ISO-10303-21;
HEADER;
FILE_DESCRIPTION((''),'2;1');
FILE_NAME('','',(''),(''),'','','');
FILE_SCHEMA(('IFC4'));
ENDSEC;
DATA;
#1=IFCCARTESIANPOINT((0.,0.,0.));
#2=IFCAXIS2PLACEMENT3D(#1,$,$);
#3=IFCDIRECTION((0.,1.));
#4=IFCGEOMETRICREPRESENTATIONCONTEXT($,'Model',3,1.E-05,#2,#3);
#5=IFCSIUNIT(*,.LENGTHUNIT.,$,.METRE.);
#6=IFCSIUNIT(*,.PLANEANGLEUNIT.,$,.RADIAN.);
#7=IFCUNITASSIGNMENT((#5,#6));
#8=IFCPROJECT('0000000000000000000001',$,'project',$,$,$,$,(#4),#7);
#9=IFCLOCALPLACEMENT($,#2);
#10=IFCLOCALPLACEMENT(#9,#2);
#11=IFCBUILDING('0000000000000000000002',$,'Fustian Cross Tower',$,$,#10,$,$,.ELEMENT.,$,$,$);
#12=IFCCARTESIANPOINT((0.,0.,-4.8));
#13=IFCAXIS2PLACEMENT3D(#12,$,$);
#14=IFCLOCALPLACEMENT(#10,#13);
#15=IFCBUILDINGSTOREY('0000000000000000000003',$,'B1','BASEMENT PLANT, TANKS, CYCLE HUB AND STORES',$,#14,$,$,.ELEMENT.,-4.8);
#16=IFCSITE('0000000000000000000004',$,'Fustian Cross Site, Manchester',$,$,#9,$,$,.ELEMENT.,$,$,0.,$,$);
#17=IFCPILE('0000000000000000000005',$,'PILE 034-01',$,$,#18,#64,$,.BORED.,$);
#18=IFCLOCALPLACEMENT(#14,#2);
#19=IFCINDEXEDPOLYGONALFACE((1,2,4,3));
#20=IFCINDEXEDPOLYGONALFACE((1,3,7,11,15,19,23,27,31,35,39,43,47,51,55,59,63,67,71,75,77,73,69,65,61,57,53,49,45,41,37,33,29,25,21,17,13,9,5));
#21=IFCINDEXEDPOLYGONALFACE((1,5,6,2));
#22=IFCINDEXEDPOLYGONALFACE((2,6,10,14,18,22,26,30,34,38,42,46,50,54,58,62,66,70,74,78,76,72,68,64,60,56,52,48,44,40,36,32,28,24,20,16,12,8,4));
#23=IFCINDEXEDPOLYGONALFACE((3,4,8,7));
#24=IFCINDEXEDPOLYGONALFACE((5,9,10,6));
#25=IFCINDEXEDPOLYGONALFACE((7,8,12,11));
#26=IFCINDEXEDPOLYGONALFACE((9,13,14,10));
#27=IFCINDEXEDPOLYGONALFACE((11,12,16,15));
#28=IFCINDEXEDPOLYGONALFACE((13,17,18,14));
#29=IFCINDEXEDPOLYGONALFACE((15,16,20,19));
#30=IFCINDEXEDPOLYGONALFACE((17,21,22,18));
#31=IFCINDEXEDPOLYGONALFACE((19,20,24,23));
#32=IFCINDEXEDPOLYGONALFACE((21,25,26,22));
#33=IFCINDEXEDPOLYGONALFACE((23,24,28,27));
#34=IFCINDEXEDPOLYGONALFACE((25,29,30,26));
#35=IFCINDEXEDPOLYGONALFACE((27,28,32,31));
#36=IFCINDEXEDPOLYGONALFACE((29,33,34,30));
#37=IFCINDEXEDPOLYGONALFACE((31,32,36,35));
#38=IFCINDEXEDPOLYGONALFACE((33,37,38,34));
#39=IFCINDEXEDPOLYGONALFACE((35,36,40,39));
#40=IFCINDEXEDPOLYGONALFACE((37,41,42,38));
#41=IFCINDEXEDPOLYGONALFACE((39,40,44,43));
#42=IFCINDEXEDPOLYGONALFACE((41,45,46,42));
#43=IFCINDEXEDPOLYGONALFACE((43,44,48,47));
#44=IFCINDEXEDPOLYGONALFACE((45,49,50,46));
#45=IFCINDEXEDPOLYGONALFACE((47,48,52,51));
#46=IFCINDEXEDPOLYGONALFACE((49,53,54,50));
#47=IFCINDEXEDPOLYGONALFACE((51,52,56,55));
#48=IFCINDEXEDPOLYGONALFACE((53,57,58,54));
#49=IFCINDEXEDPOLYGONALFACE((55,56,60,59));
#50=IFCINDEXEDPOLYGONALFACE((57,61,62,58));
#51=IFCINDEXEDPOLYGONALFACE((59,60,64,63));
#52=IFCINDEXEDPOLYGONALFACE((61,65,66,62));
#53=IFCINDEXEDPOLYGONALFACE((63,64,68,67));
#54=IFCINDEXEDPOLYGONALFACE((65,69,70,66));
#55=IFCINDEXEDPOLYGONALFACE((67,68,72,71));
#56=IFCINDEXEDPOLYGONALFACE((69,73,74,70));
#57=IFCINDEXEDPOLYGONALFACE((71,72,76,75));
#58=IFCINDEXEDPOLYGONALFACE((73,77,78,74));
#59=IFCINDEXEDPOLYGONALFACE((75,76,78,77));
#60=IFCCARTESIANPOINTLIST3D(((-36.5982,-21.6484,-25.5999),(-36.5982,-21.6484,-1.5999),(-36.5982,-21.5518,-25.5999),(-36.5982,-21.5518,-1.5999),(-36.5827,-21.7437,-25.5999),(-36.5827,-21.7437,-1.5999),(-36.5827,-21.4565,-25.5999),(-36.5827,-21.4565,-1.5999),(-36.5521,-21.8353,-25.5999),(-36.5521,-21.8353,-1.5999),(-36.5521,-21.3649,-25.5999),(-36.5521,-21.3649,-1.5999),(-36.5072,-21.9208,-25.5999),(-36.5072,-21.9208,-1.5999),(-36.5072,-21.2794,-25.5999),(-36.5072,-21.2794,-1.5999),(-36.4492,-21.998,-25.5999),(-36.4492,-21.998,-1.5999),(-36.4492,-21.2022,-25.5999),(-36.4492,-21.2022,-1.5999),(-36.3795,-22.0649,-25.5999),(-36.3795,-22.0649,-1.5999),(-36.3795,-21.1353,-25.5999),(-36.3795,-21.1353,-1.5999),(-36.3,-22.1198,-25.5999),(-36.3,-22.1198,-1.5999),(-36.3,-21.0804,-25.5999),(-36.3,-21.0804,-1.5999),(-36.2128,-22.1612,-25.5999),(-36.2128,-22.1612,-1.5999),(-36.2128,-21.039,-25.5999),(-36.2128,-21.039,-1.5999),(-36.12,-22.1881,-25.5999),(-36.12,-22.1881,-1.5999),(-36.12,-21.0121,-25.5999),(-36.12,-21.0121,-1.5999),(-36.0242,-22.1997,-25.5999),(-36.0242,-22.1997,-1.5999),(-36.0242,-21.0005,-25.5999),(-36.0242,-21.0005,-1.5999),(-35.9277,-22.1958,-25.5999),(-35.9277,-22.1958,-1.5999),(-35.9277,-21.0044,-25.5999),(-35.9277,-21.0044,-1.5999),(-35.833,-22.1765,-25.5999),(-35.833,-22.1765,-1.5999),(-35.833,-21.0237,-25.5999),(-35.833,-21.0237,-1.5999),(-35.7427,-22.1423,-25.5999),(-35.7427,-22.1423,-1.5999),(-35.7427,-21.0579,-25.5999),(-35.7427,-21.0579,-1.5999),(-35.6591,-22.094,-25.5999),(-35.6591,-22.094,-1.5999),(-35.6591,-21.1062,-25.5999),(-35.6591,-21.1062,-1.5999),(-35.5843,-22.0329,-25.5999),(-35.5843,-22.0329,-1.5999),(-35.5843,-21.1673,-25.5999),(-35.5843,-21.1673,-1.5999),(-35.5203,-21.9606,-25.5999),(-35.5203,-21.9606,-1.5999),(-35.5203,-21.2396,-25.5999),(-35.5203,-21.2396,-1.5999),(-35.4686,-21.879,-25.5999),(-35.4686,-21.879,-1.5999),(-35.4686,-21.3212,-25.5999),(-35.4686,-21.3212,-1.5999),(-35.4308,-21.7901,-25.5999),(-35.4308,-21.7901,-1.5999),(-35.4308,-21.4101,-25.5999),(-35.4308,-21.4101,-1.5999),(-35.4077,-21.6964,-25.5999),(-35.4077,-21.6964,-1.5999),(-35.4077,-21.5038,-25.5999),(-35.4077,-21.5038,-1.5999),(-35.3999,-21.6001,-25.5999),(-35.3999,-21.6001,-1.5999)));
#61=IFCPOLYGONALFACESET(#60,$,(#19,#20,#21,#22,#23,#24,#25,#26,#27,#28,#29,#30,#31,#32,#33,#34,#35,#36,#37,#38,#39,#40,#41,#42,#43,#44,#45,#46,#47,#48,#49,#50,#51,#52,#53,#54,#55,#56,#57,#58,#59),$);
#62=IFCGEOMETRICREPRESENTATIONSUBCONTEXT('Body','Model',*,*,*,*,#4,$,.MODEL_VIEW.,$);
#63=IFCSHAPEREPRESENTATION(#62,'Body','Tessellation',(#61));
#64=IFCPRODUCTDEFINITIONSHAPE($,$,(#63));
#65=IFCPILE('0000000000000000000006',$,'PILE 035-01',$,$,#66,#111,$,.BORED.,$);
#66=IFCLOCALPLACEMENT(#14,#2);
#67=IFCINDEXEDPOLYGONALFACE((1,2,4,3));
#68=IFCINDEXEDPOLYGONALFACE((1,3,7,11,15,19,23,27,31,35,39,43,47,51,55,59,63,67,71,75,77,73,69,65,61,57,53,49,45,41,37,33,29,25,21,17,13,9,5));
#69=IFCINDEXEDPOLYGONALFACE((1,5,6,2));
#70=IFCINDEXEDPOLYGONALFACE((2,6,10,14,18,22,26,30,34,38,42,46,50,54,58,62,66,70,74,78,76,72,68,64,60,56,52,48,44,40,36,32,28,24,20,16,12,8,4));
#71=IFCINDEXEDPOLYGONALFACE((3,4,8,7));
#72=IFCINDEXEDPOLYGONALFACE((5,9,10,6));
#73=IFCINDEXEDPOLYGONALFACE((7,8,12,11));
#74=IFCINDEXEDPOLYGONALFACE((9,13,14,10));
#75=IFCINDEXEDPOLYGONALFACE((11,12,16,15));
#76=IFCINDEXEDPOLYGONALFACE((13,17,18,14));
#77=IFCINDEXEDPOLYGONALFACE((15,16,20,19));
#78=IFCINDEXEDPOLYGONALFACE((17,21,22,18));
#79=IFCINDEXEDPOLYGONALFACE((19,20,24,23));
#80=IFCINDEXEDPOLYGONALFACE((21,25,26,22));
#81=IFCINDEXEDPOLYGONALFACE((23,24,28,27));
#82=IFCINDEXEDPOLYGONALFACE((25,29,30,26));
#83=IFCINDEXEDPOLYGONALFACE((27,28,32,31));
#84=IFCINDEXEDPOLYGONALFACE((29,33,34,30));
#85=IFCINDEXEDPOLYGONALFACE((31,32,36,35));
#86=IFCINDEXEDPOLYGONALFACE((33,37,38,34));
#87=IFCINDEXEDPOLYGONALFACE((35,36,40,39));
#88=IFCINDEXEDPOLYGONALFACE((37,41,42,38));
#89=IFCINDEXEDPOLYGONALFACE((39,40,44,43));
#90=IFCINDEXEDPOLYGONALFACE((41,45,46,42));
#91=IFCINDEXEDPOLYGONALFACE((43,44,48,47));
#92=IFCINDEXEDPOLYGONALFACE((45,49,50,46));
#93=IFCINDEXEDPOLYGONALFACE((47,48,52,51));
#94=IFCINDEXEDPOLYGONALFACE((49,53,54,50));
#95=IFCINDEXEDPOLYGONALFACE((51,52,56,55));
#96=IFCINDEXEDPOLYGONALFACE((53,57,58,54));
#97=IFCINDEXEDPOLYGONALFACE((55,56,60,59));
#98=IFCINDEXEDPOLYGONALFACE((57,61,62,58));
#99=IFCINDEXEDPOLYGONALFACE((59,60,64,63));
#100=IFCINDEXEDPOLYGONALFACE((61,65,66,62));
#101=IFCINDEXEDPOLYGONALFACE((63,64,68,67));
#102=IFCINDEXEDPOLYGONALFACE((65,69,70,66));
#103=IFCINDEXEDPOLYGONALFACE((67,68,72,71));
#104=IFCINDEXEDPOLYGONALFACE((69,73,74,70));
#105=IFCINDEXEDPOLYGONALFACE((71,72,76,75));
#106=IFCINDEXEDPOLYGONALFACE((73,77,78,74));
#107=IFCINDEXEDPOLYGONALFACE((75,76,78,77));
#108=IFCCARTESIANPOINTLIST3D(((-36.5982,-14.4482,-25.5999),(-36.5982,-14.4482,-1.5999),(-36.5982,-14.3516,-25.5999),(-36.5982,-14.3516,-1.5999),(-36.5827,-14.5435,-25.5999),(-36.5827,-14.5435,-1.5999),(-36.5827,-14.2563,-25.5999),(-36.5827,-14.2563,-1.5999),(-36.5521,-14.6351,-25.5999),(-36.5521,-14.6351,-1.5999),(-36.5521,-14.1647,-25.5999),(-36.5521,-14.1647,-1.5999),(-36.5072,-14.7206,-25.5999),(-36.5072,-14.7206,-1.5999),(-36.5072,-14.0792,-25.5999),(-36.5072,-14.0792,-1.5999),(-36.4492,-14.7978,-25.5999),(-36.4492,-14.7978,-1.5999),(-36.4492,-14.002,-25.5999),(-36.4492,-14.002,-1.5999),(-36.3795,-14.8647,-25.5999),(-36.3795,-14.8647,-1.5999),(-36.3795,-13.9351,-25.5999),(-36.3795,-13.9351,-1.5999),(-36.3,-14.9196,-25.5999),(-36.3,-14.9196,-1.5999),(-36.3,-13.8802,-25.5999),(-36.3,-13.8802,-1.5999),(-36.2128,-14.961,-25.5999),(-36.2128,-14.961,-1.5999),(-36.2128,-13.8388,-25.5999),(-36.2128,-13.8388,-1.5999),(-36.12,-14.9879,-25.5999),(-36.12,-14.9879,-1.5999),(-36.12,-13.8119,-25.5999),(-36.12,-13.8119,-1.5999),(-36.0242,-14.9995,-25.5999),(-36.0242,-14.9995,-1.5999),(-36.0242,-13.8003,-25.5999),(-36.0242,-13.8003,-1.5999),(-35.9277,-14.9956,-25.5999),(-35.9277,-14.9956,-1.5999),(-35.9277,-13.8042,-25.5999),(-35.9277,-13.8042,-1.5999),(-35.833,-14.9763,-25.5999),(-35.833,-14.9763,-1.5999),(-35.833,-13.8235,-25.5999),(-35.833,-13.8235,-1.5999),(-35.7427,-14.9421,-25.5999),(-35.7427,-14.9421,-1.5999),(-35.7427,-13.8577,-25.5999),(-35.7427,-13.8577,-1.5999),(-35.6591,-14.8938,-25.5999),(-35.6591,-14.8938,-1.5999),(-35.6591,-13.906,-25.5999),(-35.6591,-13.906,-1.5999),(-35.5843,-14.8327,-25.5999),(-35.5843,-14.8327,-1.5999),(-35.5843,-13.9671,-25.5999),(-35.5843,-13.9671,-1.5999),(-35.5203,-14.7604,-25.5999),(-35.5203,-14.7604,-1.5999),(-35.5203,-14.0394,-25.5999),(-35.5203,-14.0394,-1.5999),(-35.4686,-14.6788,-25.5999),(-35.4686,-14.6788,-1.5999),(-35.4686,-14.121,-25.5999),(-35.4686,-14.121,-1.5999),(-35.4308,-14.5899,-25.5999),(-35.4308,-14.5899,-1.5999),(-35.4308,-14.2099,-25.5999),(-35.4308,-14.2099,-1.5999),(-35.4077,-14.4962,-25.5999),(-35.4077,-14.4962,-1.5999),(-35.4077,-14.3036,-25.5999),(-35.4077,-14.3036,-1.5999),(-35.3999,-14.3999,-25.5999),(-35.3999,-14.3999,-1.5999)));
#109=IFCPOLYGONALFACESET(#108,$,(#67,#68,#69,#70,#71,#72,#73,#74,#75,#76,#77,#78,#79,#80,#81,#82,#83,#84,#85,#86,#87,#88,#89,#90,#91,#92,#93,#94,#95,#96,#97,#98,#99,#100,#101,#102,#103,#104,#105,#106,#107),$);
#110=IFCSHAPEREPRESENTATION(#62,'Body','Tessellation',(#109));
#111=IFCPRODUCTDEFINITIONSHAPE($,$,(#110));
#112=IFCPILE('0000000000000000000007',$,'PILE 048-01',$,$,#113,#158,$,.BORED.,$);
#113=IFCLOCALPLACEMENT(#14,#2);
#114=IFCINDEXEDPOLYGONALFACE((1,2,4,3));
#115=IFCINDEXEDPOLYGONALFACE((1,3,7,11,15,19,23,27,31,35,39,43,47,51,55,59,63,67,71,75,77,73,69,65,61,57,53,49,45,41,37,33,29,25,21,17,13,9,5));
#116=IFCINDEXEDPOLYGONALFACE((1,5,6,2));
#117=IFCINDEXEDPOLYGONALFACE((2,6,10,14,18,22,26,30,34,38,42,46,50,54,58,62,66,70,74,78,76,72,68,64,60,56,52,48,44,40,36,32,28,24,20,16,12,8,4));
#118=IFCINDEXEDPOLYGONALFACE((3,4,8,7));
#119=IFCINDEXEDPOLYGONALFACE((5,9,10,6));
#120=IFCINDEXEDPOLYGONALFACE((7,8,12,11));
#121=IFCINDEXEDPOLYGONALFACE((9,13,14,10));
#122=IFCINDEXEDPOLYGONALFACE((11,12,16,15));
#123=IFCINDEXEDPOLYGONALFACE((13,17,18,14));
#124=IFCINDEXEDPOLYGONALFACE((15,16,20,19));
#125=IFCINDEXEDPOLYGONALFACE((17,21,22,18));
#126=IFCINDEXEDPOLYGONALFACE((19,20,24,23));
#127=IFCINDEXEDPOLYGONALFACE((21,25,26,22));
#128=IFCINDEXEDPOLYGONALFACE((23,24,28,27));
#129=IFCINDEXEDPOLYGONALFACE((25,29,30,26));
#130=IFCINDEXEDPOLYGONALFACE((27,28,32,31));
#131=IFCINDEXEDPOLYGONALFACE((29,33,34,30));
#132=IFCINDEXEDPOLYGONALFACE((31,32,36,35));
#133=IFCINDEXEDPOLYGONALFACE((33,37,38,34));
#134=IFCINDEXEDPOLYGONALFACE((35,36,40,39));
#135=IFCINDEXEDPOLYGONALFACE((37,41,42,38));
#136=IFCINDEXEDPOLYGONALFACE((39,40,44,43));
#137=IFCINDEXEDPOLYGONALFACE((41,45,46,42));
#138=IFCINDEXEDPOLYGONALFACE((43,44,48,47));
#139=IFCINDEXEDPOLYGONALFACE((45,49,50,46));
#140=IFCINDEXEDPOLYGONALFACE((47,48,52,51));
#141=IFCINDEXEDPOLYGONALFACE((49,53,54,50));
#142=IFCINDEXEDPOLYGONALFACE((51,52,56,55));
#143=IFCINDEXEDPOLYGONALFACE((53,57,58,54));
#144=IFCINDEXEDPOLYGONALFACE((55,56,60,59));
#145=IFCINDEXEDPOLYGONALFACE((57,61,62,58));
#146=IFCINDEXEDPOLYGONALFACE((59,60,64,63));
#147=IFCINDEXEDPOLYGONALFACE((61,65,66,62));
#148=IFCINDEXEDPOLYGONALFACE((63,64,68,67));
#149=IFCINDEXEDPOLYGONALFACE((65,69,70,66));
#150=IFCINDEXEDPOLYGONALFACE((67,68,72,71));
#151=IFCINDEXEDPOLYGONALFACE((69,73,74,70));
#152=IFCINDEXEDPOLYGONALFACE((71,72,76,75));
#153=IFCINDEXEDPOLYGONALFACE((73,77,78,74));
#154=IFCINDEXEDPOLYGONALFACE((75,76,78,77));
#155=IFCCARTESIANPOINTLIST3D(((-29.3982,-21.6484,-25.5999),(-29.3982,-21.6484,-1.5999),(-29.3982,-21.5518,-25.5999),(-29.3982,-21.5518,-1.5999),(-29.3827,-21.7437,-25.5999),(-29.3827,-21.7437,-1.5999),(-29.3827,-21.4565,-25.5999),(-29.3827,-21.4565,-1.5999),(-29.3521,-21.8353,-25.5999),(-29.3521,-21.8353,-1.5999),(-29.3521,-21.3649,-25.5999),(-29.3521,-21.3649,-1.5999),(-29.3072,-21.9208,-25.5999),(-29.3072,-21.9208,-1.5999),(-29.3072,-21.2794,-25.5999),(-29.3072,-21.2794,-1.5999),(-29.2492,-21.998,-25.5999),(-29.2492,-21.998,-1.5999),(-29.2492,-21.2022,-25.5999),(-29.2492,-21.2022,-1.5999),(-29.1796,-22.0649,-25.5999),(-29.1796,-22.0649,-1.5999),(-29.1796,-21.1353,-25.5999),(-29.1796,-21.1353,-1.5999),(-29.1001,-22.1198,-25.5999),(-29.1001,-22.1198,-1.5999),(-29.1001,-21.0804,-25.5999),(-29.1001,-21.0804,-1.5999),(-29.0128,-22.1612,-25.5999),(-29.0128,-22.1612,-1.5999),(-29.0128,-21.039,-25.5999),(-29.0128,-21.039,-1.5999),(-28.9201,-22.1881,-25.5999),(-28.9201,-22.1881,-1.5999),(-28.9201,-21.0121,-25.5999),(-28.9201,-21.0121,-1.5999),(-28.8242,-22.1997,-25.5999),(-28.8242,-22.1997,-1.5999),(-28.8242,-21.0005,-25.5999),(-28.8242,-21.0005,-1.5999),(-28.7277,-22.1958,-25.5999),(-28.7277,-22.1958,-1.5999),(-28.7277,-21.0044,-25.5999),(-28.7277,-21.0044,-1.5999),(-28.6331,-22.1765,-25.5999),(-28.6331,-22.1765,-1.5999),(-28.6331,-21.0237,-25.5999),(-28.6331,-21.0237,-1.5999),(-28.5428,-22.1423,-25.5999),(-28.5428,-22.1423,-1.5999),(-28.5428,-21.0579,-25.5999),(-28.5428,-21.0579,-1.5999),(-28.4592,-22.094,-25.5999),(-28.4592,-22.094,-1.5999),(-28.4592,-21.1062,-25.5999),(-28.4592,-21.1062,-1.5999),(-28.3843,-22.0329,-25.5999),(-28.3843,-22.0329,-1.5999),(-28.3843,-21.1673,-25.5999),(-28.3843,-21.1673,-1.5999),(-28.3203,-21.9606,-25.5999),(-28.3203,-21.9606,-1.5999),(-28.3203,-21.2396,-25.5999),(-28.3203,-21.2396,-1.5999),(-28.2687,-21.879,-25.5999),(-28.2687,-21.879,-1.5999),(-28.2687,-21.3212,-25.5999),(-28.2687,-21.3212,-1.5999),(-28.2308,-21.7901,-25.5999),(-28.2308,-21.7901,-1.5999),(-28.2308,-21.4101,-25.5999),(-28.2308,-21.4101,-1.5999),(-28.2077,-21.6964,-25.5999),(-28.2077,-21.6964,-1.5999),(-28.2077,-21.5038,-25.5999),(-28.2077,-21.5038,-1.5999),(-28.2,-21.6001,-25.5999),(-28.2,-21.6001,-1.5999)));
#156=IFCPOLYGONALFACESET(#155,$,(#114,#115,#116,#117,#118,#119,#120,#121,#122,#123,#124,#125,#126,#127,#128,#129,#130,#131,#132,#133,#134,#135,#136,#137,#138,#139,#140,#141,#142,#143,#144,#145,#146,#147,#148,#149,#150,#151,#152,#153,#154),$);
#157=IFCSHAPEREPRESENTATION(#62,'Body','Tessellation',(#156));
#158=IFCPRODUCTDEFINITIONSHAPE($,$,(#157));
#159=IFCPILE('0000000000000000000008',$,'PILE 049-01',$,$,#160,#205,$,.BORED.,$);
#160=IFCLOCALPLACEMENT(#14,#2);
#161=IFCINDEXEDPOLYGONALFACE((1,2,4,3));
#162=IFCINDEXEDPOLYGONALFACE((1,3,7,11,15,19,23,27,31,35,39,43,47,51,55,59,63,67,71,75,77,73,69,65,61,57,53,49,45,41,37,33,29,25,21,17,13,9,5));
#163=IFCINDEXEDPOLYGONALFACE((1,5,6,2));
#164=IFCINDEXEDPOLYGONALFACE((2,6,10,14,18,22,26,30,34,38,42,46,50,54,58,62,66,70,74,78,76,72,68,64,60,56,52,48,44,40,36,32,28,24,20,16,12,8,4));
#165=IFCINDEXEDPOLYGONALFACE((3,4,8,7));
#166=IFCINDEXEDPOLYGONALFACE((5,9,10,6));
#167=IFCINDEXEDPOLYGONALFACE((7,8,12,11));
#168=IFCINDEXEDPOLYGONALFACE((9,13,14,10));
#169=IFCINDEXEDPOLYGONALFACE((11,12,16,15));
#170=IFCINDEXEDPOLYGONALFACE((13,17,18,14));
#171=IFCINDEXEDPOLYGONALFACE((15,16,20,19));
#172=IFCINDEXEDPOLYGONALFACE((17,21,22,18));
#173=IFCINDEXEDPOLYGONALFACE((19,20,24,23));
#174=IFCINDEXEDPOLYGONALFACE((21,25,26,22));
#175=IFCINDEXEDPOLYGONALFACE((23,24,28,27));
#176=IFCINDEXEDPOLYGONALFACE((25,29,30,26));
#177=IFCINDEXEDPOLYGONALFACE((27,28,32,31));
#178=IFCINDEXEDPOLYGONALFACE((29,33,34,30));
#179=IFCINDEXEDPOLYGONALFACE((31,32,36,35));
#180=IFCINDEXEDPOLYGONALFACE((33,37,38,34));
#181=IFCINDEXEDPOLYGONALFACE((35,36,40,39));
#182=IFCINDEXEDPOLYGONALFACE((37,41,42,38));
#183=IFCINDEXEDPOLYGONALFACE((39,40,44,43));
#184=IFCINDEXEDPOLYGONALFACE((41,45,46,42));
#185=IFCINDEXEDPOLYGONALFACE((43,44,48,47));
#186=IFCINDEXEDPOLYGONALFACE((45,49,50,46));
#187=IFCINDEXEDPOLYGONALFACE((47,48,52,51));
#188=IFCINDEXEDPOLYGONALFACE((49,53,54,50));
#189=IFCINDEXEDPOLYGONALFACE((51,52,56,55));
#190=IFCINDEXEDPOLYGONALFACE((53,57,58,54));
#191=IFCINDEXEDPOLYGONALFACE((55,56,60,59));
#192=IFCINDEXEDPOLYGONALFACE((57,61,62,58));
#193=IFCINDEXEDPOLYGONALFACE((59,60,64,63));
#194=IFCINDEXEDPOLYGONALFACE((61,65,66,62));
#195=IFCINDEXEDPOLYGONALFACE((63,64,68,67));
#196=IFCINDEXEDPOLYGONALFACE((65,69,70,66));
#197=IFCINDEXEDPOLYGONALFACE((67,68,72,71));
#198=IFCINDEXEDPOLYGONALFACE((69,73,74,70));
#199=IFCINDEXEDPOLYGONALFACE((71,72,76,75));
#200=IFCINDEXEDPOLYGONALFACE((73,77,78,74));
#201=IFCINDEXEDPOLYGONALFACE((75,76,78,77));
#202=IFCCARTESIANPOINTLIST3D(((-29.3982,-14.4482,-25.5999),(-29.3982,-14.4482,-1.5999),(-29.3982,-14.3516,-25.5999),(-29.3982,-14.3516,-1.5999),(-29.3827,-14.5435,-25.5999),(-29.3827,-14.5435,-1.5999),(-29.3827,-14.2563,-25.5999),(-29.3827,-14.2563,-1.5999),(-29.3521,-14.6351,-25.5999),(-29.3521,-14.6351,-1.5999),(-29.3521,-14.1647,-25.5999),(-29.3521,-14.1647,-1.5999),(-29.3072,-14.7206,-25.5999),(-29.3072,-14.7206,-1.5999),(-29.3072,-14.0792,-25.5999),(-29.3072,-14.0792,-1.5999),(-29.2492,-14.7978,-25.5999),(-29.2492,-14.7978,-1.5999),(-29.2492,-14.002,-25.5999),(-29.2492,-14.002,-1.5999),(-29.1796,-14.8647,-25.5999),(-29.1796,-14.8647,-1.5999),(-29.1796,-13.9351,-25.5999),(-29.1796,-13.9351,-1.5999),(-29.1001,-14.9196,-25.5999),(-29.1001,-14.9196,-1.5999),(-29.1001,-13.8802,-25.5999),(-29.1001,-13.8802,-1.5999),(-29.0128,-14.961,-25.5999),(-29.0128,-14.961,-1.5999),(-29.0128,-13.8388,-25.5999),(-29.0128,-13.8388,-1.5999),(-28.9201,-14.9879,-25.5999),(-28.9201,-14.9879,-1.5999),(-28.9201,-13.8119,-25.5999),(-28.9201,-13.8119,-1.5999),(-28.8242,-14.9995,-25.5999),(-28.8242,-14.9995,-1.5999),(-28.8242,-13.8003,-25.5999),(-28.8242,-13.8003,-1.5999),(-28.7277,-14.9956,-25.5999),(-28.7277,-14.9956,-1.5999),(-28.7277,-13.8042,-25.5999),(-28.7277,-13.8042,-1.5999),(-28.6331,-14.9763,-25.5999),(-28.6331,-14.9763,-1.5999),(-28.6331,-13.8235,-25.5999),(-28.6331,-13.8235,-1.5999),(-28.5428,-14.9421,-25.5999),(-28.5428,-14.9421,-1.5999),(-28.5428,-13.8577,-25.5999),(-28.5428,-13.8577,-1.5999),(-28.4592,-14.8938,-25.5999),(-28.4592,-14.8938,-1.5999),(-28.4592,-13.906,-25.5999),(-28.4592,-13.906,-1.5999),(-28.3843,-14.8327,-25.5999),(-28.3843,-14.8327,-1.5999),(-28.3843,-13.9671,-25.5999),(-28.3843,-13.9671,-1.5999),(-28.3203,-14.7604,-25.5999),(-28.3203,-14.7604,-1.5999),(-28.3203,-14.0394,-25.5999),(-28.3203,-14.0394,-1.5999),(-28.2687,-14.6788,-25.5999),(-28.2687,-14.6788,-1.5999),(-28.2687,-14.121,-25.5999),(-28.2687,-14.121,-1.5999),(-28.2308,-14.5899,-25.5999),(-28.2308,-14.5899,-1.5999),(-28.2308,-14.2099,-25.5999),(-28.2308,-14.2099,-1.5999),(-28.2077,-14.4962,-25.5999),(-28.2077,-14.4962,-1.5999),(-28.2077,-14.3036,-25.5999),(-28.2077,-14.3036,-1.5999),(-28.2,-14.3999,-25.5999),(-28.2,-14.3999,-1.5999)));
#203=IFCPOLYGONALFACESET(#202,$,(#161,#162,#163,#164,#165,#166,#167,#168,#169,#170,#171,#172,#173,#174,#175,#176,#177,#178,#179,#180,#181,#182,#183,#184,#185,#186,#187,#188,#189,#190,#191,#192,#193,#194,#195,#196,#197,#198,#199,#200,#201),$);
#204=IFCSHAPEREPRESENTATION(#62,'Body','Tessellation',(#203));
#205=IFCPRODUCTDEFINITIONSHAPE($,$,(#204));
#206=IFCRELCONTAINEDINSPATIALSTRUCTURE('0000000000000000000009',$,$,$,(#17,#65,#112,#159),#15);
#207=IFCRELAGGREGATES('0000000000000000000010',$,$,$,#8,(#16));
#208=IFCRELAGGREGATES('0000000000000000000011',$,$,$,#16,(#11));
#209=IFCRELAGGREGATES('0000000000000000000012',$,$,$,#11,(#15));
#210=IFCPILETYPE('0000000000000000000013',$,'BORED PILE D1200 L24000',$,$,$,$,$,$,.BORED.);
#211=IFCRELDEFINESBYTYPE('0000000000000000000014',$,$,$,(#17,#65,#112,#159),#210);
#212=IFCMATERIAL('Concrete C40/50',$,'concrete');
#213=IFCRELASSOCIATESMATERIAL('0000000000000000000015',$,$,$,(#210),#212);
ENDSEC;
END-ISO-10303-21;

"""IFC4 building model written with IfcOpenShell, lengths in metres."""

from ifc_helpers import new_model, si_unit, direction, frame, origin, origin_2d, place, context, subcontext, project, spatial, circle, extrude, material, material_profile, profile_set, type_object, element, save


model = new_model("IFC4")

# Units and contexts
model_context = context("Model", 3, precision=1e-05, world=origin(), true_north=direction((0.0, 1.0)))
body_context = subcontext(model_context, "Body", "Model", "MODEL_VIEW")
ifc_project = project(units=[si_unit("LENGTHUNIT", "METRE"), si_unit("PLANEANGLEUNIT", "RADIAN")], contexts=[model_context])

# Site, building, storey
site_placement = place(None, origin())
site = spatial("IfcSite", under=ifc_project, at=site_placement, Name="Fustian Cross Site, Manchester", CompositionType="ELEMENT", RefElevation=0.0)
building_placement = place(site_placement, origin())
building = spatial("IfcBuilding", under=site, at=building_placement, Name="Fustian Cross Tower", CompositionType="ELEMENT")
storey_placement = place(building_placement, frame((0.0, 0.0, -4.8)))
storey = spatial("IfcBuildingStorey", under=building, at=storey_placement, Name="B1", Description="BASEMENT PLANT, TANKS, CYCLE HUB AND STORES", CompositionType="ELEMENT", Elevation=-4.8)

# Piles
ifc_material_1 = material(Name="Concrete C40/50", Category="concrete")
ifc_material_profile_1 = material_profile(ifc_material_1, circle(Radius=0.6001, at=origin_2d()), Name="BORED PILE D1200 L24000")
ifc_profile_set_1 = profile_set([ifc_material_profile_1], Name="Concrete C40/50")
pile_type_1 = type_object("IfcPileType", Name="BORED PILE D1200 L24000", PredefinedType="BORED", material=ifc_profile_set_1)
for number, where, z_axis, x_axis, name in (
    (1, (-36.0, -21.6001, -1.5999), (0.0, 0.0, -1.0), (1.0, 0.0, 0.0), "PILE 034-01"),
    (2, (-36.0, -14.3999, -1.5999), (0.0, 0.0, -1.0), (1.0, 0.0, 0.0), "PILE 035-01"),
    (3, (-28.8, -21.6001, -1.5999), (0.0, 0.0, -1.0), (1.0, 0.0, 0.0), "PILE 048-01"),
    (4, (-28.8, -14.3999, -1.5999), (0.0, 0.0, -1.0), (1.0, 0.0, 0.0), "PILE 049-01"),
):
    element("IfcPile", number, at=place(storey_placement, frame(where, z_axis=z_axis, x_axis=x_axis)), inside=storey, type_object=pile_type_1, Name=name, PredefinedType="BORED", context=body_context, shape_type="SweptSolid", body=[
        extrude(circle(Radius=0.6001, at=origin_2d()), origin(), (0.0, 0.0, 1.0), 24.0),
    ])

save(model, "model.ifc")
